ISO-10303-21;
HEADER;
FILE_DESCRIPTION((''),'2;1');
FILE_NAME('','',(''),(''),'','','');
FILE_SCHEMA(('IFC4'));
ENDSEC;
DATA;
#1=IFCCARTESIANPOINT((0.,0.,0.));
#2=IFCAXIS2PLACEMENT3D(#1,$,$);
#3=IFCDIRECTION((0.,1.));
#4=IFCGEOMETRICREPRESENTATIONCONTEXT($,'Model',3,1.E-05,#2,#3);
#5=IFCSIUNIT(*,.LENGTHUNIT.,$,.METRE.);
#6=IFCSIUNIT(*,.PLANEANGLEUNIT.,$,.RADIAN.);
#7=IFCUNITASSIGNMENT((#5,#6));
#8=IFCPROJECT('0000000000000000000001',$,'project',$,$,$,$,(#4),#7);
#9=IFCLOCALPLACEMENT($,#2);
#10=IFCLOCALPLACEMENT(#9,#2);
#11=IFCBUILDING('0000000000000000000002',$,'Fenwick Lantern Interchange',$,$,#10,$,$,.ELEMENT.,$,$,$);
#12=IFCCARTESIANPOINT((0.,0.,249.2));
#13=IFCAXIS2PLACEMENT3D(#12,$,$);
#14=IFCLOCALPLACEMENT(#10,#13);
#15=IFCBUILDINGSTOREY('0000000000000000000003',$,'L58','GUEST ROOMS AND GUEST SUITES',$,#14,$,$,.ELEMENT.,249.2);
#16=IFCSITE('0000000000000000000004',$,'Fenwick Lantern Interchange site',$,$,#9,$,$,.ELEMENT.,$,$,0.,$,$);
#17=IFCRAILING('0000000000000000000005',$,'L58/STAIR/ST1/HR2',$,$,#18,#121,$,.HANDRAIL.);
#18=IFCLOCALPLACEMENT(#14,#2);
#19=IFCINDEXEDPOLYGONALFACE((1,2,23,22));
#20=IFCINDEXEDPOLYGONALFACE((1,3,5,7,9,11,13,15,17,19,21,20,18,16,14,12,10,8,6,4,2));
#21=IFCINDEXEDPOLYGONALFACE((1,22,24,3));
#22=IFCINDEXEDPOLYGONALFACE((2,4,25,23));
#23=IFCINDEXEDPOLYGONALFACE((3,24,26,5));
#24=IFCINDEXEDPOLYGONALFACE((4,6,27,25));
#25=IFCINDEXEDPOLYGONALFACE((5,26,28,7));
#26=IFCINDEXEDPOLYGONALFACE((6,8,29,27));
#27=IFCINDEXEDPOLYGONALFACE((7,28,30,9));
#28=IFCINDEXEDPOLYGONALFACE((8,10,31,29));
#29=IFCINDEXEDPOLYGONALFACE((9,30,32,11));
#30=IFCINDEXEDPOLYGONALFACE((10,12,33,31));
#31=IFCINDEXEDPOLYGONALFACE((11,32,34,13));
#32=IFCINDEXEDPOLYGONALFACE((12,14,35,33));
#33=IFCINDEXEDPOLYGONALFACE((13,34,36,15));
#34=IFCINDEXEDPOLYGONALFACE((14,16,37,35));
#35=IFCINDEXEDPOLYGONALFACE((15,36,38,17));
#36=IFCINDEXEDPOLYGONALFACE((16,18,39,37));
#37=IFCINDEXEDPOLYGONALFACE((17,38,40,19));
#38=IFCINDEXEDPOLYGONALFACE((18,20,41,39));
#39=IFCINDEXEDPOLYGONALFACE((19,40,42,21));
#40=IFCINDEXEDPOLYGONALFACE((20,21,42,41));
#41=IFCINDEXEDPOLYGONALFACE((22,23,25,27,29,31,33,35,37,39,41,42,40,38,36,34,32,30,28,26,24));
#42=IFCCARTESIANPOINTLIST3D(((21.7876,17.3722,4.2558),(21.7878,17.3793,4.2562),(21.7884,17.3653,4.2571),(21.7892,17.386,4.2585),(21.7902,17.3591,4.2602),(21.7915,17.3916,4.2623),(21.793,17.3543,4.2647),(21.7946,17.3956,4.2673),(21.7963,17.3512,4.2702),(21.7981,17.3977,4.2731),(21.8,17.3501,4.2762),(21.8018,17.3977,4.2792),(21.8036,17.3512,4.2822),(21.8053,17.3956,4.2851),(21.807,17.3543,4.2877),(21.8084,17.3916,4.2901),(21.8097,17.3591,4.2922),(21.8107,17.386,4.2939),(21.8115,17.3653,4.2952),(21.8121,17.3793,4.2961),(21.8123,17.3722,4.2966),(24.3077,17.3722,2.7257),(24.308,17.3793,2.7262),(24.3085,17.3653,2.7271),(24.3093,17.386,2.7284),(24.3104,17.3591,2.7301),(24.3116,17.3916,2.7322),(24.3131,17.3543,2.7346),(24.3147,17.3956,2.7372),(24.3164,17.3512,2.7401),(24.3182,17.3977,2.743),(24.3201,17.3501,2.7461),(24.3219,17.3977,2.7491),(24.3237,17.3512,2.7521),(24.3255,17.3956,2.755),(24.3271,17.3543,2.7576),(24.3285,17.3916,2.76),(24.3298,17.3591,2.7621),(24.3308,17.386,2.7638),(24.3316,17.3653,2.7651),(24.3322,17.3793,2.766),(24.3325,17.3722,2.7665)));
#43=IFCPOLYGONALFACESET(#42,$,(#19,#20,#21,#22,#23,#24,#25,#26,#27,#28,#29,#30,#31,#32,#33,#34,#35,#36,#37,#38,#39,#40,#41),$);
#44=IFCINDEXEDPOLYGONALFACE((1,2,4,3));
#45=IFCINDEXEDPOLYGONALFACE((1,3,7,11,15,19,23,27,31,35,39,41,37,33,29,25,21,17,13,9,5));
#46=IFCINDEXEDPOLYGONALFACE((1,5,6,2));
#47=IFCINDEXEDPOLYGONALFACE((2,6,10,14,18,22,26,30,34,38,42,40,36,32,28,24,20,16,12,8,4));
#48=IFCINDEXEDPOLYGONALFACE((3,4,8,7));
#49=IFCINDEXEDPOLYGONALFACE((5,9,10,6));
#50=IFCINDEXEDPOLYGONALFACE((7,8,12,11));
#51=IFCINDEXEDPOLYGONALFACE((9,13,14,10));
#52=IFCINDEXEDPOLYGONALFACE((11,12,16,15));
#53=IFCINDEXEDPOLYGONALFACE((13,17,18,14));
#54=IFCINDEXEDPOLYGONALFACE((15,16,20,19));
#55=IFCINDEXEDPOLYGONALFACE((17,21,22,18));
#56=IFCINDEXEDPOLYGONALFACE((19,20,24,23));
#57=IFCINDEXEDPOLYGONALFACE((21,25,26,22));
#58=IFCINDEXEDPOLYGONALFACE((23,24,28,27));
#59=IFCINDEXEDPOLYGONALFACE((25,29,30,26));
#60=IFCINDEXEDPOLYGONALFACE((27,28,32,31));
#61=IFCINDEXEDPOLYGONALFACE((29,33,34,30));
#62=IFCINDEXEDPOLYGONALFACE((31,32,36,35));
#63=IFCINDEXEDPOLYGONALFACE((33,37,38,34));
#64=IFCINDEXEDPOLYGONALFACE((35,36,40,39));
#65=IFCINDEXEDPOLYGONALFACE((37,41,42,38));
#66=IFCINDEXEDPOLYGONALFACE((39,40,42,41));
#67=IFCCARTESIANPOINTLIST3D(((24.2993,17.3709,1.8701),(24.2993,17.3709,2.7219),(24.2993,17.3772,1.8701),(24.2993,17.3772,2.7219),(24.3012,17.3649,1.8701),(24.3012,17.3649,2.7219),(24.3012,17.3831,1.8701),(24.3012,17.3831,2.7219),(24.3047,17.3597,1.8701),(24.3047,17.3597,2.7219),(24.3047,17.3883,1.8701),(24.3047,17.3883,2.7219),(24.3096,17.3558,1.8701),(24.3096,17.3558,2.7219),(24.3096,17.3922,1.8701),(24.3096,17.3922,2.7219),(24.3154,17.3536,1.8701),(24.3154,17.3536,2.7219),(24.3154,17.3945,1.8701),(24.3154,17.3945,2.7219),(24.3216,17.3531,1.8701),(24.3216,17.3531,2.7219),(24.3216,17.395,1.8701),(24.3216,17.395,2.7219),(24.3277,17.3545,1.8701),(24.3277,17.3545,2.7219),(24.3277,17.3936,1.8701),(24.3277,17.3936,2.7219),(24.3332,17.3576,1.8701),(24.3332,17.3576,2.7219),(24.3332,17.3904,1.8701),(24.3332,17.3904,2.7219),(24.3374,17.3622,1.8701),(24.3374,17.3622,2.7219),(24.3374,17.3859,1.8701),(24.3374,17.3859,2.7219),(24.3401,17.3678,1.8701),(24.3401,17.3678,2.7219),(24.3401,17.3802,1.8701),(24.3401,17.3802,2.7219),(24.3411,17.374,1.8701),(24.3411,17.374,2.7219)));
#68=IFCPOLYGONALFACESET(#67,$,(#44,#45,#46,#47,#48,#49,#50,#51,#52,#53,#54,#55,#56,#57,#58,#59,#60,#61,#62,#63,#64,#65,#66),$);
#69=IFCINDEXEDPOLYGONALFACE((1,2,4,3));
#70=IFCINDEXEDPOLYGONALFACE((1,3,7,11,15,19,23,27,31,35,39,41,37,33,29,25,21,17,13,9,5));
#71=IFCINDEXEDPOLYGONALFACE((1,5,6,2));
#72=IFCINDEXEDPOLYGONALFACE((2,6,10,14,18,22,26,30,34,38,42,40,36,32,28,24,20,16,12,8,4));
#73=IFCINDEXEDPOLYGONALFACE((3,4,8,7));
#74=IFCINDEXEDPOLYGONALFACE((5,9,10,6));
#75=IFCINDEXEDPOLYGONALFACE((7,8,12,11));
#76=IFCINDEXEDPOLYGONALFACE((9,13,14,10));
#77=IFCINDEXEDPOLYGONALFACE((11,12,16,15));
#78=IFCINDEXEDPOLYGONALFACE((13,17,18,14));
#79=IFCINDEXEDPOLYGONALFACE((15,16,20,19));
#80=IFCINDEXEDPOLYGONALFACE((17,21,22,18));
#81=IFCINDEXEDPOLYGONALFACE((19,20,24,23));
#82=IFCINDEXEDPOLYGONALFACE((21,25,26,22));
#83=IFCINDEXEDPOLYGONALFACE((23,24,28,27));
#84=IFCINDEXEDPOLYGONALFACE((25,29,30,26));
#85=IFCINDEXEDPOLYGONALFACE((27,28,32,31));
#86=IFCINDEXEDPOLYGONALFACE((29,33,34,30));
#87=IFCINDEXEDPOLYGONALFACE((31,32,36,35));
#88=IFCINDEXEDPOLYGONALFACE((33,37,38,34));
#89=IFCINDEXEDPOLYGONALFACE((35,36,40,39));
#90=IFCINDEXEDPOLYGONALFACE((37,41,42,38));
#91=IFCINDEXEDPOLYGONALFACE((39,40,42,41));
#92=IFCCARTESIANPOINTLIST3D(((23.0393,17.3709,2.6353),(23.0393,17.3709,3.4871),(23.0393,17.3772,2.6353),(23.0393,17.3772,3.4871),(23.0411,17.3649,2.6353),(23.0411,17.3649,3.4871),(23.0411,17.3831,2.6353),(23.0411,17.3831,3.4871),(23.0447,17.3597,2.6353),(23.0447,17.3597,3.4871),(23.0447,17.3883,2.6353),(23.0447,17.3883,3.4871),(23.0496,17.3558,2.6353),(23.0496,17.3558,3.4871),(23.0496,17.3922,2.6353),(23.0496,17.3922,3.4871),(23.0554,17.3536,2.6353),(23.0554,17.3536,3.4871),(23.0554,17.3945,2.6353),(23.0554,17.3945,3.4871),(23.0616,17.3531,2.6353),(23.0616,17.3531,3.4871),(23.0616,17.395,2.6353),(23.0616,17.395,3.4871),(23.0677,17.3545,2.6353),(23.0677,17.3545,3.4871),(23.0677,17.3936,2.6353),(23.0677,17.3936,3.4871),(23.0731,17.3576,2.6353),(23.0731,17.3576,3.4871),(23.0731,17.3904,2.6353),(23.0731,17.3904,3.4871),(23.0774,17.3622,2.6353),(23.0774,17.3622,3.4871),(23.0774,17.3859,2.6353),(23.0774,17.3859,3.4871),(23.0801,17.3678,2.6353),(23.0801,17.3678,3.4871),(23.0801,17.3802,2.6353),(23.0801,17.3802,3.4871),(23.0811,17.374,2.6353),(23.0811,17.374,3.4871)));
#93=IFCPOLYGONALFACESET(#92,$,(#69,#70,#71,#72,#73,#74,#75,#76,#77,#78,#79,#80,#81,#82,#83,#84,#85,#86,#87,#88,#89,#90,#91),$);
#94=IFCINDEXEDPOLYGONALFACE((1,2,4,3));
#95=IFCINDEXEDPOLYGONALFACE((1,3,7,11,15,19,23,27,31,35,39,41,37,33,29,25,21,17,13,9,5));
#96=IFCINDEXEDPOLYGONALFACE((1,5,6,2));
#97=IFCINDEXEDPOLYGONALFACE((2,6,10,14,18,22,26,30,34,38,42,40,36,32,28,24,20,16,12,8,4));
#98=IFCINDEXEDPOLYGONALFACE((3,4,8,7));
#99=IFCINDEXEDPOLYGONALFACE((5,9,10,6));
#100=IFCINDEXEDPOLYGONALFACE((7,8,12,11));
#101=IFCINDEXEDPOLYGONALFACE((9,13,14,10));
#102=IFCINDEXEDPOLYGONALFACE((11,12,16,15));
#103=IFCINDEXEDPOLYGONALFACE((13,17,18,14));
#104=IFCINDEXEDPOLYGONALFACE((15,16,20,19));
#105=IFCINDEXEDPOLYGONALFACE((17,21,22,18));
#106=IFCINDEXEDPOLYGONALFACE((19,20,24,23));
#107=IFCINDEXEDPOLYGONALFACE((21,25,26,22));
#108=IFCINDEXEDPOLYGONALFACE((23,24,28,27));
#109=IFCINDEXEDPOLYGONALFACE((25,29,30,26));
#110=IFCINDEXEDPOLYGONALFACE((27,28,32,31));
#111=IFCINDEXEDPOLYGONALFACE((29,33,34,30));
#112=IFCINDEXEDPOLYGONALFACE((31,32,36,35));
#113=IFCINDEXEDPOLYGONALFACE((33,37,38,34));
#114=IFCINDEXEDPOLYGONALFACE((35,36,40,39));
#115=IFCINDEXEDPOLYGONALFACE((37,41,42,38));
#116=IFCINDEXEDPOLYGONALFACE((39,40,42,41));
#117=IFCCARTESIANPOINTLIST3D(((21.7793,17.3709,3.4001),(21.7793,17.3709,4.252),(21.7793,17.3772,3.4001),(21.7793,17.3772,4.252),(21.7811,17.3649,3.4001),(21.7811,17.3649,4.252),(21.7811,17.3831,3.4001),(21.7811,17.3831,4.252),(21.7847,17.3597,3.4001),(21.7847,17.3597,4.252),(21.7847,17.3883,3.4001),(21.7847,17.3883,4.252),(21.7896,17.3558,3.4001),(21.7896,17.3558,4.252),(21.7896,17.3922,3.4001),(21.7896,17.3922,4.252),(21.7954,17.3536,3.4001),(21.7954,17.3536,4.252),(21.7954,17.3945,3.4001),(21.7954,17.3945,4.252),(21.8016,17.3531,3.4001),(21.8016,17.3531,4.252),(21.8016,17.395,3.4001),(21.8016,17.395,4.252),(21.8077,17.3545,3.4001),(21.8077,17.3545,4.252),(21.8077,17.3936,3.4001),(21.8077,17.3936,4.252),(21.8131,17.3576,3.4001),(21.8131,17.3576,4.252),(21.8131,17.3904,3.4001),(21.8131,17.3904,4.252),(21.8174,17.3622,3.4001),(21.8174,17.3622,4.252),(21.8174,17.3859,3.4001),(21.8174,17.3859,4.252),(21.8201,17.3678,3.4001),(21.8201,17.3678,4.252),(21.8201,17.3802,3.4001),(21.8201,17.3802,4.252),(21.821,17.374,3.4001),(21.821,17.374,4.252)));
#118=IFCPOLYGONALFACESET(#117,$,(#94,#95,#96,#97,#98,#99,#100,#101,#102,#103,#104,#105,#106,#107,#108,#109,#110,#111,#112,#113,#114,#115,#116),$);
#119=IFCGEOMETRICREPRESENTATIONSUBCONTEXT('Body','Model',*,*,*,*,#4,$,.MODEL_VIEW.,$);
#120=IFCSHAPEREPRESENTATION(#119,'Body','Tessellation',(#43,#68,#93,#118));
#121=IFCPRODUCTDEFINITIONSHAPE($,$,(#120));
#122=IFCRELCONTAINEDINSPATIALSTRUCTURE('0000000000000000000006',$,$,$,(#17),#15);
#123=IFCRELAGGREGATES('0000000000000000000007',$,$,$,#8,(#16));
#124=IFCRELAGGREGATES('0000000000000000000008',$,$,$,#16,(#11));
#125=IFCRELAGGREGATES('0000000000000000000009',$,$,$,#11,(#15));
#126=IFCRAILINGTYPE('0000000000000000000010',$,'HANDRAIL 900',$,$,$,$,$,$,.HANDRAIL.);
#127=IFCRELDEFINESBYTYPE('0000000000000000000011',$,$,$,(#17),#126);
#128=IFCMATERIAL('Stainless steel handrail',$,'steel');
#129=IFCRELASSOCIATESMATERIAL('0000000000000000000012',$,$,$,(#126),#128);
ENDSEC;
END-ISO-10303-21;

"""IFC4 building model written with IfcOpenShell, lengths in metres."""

from ifc_helpers import new_model, si_unit, direction, frame, origin, origin_2d, place, context, subcontext, project, spatial, circle, extrude, material, type_object, element, save


model = new_model("IFC4")

# Units and contexts
model_context = context("Model", 3, precision=1e-05, world=origin(), true_north=direction((0.0, 1.0)))
body_context = subcontext(model_context, "Body", "Model", "MODEL_VIEW")
ifc_project = project(units=[si_unit("LENGTHUNIT", "METRE"), si_unit("PLANEANGLEUNIT", "RADIAN")], contexts=[model_context])

# Site, building, storey
site_placement = place(None, origin())
site = spatial("IfcSite", under=ifc_project, at=site_placement, Name="Fenwick Lantern Interchange site", CompositionType="ELEMENT", RefElevation=0.0)
building_placement = place(site_placement, origin())
building = spatial("IfcBuilding", under=site, at=building_placement, Name="Fenwick Lantern Interchange", CompositionType="ELEMENT")
storey_placement = place(building_placement, frame((0.0, 0.0, 249.2)))
storey = spatial("IfcBuildingStorey", under=building, at=storey_placement, Name="L58", Description="GUEST ROOMS AND GUEST SUITES", CompositionType="ELEMENT", Elevation=249.2)

# Railing
ifc_material_1 = material(Name="Stainless steel handrail", Category="steel")
railing_type = type_object("IfcRailingType", Name="HANDRAIL 900", PredefinedType="HANDRAIL", material=ifc_material_1)
railing_placement = place(storey_placement, frame((24.3201, 17.374, 1.8701)))
element("IfcRailing", 1, at=railing_placement, inside=storey, type_object=railing_type, Name="L58/STAIR/ST1/HR2", PredefinedType="HANDRAIL", context=body_context, shape_type="SweptSolid", body=[
    extrude(circle(Radius=0.0239, at=origin_2d()), frame((0.0, 0.0, 0.876), z_axis=(-0.854785, 0.0, 0.518982), x_axis=(0.0, -1.0, 0.0)), (0.0, 0.0, 1.0), 2.9482),
    extrude(circle(Radius=0.021, at=origin_2d()), origin(), (0.0, 0.0, 1.0), 0.8518),
    extrude(circle(Radius=0.021, at=origin_2d()), frame((-1.26, 0.0, 0.7651)), (0.0, 0.0, 1.0), 0.8518),
    extrude(circle(Radius=0.021, at=origin_2d()), frame((-2.52, 0.0, 1.53)), (0.0, 0.0, 1.0), 0.8518),
])

save(model, "model.ifc")
